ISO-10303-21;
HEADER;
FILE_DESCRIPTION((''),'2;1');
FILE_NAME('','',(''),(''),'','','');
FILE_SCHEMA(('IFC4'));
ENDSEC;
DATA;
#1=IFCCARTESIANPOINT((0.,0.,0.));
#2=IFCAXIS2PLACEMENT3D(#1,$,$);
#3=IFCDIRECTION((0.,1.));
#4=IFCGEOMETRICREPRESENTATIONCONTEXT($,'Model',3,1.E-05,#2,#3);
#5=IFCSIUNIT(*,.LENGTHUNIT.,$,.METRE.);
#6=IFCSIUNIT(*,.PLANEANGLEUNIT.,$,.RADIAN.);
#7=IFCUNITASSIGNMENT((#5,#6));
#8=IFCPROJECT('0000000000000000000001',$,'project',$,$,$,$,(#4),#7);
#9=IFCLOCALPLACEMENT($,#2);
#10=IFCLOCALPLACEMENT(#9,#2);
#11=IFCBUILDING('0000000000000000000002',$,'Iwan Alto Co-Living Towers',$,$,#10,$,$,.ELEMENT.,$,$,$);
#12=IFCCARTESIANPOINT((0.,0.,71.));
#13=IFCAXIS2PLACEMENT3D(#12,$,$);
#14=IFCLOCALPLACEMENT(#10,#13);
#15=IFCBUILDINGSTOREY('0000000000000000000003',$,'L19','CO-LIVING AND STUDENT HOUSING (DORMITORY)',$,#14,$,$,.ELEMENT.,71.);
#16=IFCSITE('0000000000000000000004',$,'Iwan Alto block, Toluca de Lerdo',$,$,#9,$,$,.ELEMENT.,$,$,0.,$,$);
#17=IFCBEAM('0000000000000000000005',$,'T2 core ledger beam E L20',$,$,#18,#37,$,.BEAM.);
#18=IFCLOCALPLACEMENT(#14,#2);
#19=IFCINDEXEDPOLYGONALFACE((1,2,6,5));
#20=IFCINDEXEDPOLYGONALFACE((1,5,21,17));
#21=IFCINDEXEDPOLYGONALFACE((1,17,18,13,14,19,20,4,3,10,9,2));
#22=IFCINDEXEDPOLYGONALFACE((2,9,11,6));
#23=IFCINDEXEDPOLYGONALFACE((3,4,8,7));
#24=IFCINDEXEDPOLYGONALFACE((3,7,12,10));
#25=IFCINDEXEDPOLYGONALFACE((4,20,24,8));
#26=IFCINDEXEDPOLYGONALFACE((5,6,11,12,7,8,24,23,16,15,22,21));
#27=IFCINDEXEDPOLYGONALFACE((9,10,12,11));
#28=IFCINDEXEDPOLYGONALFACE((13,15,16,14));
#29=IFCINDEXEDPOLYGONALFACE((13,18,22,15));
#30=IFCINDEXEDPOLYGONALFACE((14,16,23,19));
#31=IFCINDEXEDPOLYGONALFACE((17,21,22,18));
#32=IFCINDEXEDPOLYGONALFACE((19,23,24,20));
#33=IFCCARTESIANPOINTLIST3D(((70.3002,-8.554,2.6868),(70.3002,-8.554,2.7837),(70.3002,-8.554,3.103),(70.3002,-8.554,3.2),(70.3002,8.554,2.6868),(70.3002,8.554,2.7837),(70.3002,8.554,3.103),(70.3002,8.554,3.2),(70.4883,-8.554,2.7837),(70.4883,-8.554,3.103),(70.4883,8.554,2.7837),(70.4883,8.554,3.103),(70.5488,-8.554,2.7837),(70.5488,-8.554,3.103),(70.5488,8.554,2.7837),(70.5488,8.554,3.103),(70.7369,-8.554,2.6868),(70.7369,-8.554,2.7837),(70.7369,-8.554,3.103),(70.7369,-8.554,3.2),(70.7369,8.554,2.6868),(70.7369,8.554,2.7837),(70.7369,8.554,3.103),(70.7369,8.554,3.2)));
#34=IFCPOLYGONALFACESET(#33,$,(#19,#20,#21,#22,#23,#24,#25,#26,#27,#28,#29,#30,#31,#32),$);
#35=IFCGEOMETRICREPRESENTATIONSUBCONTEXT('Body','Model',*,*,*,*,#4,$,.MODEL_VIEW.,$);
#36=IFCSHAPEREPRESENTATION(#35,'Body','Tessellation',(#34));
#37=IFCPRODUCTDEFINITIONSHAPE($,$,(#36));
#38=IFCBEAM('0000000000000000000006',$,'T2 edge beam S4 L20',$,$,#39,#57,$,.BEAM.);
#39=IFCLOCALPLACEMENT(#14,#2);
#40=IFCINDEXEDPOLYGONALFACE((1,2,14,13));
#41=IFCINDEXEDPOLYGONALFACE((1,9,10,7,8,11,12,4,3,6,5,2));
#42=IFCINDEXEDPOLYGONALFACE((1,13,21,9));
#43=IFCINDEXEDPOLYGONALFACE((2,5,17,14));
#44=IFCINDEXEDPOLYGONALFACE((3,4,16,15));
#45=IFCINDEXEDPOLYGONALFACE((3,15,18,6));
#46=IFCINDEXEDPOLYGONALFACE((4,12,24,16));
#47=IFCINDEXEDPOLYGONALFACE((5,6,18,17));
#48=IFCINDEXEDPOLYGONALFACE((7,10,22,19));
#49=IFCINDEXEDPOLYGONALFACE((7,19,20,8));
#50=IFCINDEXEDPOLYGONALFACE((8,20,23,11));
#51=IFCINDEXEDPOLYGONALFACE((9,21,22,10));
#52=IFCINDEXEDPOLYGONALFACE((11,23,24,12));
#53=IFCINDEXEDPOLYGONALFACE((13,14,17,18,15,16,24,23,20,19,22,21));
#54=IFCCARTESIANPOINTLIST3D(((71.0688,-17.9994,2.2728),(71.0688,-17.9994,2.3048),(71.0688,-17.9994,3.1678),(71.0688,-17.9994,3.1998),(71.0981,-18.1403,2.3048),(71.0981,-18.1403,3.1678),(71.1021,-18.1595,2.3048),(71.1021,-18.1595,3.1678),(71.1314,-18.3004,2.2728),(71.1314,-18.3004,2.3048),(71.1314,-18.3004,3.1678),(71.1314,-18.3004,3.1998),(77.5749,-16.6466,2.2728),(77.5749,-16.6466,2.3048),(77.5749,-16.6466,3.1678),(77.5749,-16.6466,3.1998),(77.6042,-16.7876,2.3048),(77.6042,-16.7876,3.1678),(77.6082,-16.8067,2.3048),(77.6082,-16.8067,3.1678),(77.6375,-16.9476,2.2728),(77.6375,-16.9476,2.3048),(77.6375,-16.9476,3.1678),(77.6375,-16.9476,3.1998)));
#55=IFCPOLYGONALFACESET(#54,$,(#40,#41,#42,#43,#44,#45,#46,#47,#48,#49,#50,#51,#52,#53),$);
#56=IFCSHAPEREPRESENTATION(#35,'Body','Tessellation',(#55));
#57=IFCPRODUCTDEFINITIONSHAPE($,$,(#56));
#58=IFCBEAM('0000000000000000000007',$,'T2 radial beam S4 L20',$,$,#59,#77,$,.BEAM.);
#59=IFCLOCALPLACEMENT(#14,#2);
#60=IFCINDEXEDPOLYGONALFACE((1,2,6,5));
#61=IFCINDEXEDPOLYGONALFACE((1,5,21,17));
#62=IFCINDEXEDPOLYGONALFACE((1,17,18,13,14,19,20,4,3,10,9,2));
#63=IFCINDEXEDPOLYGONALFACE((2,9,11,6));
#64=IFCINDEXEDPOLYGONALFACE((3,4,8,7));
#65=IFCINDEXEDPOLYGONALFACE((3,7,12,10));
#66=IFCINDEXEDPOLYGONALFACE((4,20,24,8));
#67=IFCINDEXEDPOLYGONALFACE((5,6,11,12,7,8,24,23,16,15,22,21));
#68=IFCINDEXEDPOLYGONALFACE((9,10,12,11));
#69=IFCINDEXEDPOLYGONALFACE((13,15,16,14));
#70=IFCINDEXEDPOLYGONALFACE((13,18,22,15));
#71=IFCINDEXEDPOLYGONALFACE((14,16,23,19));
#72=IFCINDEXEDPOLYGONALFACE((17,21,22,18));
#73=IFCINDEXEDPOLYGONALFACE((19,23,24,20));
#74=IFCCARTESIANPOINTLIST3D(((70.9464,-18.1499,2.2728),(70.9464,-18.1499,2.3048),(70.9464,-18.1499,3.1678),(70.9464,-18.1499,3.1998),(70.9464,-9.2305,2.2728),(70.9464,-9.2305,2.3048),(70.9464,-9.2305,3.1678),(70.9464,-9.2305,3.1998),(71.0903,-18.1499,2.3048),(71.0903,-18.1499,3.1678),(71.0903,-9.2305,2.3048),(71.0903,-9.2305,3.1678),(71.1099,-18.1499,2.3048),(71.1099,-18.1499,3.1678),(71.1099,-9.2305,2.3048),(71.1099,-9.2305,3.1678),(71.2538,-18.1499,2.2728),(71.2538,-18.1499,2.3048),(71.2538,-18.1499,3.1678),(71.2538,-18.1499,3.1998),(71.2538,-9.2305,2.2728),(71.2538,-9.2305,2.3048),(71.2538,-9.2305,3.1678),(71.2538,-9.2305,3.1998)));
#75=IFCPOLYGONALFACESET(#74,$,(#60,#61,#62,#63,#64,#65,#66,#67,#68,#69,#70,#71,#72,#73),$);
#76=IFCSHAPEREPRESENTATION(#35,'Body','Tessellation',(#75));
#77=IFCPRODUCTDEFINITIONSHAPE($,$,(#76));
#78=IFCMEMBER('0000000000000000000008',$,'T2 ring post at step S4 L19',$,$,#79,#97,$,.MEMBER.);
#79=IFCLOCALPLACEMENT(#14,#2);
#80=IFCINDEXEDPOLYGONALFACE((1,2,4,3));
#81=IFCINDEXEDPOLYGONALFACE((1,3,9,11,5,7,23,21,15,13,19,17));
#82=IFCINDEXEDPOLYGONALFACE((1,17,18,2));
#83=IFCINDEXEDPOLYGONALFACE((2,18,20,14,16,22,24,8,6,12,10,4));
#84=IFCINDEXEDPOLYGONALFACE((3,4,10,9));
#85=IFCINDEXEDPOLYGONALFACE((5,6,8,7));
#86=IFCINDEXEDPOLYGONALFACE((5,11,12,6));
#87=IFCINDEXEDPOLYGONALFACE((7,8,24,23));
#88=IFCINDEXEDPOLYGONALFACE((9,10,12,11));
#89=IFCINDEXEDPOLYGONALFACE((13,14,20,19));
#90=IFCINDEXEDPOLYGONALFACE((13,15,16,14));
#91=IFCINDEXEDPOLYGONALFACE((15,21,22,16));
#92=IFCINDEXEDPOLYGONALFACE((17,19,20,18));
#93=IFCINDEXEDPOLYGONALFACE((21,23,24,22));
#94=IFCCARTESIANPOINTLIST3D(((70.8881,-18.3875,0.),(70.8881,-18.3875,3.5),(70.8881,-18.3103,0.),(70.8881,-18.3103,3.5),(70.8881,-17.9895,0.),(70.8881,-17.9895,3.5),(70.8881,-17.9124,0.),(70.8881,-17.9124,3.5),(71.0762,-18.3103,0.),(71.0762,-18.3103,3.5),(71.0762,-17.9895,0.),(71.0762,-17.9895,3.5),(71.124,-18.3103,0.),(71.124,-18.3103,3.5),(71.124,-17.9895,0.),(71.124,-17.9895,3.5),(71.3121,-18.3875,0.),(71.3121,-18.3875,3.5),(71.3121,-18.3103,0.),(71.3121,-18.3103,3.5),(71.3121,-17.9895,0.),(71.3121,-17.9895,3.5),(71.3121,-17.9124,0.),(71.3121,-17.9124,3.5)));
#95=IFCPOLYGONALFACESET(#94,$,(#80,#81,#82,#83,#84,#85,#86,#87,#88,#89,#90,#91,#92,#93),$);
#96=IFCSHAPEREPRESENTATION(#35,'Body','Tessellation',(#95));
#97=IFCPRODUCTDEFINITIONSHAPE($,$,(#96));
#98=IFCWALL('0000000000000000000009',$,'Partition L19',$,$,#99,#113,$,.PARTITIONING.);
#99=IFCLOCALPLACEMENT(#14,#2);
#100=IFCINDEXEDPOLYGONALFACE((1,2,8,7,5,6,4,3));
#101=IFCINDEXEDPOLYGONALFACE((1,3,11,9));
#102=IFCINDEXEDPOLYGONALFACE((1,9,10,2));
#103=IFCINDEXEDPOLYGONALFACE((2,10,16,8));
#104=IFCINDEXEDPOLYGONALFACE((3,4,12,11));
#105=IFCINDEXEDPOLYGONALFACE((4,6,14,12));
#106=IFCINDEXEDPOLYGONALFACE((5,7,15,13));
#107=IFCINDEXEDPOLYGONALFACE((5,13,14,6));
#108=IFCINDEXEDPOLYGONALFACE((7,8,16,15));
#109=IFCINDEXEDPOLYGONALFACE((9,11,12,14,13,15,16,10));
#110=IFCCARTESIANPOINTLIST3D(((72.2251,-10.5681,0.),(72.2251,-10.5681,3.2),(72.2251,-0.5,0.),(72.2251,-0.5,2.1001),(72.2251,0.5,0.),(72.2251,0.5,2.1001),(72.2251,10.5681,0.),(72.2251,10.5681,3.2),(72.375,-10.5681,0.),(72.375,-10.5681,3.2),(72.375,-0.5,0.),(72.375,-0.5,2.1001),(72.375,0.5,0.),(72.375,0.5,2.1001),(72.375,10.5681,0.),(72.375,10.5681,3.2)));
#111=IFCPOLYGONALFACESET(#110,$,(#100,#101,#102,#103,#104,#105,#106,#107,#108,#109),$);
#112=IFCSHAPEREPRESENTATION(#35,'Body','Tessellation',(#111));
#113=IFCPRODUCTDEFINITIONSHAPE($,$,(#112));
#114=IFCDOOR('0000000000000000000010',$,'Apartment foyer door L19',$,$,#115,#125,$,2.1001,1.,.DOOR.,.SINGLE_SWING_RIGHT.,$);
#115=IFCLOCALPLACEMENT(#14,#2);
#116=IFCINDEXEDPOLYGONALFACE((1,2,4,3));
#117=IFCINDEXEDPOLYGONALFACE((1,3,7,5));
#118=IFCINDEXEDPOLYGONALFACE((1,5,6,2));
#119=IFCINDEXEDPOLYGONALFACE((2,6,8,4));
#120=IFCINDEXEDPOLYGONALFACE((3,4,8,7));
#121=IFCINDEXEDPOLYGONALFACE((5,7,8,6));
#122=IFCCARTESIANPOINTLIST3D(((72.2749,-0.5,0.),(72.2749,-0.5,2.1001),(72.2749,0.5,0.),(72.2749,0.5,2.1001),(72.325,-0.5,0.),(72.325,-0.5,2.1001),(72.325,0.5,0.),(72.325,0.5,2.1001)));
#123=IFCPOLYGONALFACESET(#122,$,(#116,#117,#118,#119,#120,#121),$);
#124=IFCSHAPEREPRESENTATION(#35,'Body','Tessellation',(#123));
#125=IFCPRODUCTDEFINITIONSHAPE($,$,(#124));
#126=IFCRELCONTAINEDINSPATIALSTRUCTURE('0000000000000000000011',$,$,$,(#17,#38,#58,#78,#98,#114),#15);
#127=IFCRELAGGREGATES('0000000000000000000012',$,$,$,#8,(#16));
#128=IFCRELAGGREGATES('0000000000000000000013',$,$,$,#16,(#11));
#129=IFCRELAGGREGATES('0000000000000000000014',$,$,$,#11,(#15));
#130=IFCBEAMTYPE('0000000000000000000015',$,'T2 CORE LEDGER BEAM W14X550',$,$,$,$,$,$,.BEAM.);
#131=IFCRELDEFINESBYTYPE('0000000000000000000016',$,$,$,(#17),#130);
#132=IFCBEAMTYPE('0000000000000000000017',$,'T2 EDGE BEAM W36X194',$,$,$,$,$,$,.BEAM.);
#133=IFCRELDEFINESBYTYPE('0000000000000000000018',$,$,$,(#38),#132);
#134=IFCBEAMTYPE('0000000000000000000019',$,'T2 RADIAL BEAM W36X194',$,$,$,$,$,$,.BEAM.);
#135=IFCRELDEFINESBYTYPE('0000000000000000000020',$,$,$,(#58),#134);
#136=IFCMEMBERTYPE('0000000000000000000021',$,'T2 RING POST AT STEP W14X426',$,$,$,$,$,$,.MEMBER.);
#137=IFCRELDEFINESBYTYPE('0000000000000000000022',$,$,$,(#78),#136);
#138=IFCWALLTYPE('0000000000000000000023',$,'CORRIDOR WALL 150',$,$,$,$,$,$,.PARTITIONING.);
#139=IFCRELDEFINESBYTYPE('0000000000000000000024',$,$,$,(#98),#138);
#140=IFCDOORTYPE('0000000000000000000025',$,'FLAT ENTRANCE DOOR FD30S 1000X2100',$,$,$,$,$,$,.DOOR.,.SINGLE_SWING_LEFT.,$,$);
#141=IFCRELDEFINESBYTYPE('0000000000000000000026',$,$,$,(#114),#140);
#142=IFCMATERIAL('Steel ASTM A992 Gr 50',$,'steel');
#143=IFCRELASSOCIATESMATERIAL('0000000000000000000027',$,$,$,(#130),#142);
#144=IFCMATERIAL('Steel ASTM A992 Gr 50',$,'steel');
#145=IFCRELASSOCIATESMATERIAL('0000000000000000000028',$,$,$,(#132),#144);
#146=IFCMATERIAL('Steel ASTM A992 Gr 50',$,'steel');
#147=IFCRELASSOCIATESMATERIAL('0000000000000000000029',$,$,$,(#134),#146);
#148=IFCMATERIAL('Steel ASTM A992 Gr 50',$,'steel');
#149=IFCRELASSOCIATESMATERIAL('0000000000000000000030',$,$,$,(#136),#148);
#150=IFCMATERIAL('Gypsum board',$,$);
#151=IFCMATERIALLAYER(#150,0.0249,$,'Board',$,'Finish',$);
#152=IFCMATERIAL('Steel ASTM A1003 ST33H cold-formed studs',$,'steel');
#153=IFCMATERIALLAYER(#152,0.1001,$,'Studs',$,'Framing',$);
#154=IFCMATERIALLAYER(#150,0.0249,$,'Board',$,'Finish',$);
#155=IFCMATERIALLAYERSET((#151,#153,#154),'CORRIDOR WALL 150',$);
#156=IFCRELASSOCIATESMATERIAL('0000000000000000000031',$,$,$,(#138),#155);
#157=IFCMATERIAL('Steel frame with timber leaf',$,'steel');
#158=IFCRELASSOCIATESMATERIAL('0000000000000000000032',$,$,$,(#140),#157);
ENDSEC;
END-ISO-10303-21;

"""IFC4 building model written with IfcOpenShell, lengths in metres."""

from ifc_helpers import new_model, si_unit, direction, frame, frame_2d, origin, origin_2d, place, context, subcontext, project, spatial, rectangle, i_section, extrude, material, layer, layer_set, material_profile, profile_set, type_object, element, fill, save


model = new_model("IFC4")

# Units and contexts
model_context = context("Model", 3, precision=1e-05, world=origin(), true_north=direction((0.0, 1.0)))
body_context = subcontext(model_context, "Body", "Model", "MODEL_VIEW")
ifc_project = project(units=[si_unit("LENGTHUNIT", "METRE"), si_unit("PLANEANGLEUNIT", "RADIAN")], contexts=[model_context])

# Site, building, storey
site_placement = place(None, origin())
site = spatial("IfcSite", under=ifc_project, at=site_placement, Name="Iwan Alto block, Toluca de Lerdo", CompositionType="ELEMENT", RefElevation=0.0)
building_placement = place(site_placement, origin())
building = spatial("IfcBuilding", under=site, at=building_placement, Name="Iwan Alto Co-Living Towers", CompositionType="ELEMENT")
storey_placement = place(building_placement, frame((0.0, 0.0, 71.0)))
storey = spatial("IfcBuildingStorey", under=building, at=storey_placement, Name="L19", Description="CO-LIVING AND STUDENT HOUSING (DORMITORY)", CompositionType="ELEMENT", Elevation=71.0)

# Beams
ifc_material_1 = material(Name="Steel ASTM A992 Gr 50", Category="steel")
ifc_material_profile_1 = material_profile(ifc_material_1, i_section(OverallWidth=0.4368, OverallDepth=0.5132, WebThickness=0.0605, FlangeThickness=0.0969, at=origin_2d()), Name="W14X550")
ifc_profile_set_1 = profile_set([ifc_material_profile_1], Name="Steel ASTM A992 Gr 50")
beam_type_1 = type_object("IfcBeamType", Name="T2 CORE LEDGER BEAM W14X550", PredefinedType="BEAM", material=ifc_profile_set_1)
beam_1_placement = place(storey_placement, frame((70.5186, -8.554, 2.9434), z_axis=(0.0, 1.0, 0.0), x_axis=(-1.0, 0.0, 0.0)))
element("IfcBeam", 1, at=beam_1_placement, inside=storey, type_object=beam_type_1, Name="T2 core ledger beam E L20", PredefinedType="BEAM", context=body_context, shape_type="SweptSolid", body=[
    extrude(i_section(OverallWidth=0.4368, OverallDepth=0.5132, WebThickness=0.0605, FlangeThickness=0.0969, at=origin_2d()), origin(), (0.0, 0.0, 1.0), 17.1079),
])
ifc_material_2 = material(Name="Steel ASTM A992 Gr 50", Category="steel")
ifc_material_profile_2 = material_profile(ifc_material_2, i_section(OverallWidth=0.3074, OverallDepth=0.927, WebThickness=0.0195, FlangeThickness=0.032, at=origin_2d()), Name="W36X194")
ifc_profile_set_2 = profile_set([ifc_material_profile_2], Name="Steel ASTM A992 Gr 50")
beam_type_2 = type_object("IfcBeamType", Name="T2 EDGE BEAM W36X194", PredefinedType="BEAM", material=ifc_profile_set_2)
beam_2_placement = place(storey_placement, frame((71.1001, -18.1499, 2.7363), z_axis=(0.97906, 0.203571, 0.0), x_axis=(-0.203571, 0.97906, 0.0)))
element("IfcBeam", 2, at=beam_2_placement, inside=storey, type_object=beam_type_2, Name="T2 edge beam S4 L20", PredefinedType="BEAM", context=body_context, shape_type="SweptSolid", body=[
    extrude(i_section(OverallWidth=0.3074, OverallDepth=0.927, WebThickness=0.0195, FlangeThickness=0.032, at=origin_2d()), origin(), (0.0, 0.0, 1.0), 6.6453),
])
ifc_material_3 = material(Name="Steel ASTM A992 Gr 50", Category="steel")
ifc_material_profile_3 = material_profile(ifc_material_3, i_section(OverallWidth=0.3074, OverallDepth=0.927, WebThickness=0.0195, FlangeThickness=0.032, at=origin_2d()), Name="W36X194")
ifc_profile_set_3 = profile_set([ifc_material_profile_3], Name="Steel ASTM A992 Gr 50")
beam_type_3 = type_object("IfcBeamType", Name="T2 RADIAL BEAM W36X194", PredefinedType="BEAM", material=ifc_profile_set_3)
beam_3_placement = place(storey_placement, frame((71.1001, -18.1499, 2.7363), z_axis=(0.0, 1.0, 0.0), x_axis=(-1.0, 0.0, 0.0)))
element("IfcBeam", 3, at=beam_3_placement, inside=storey, type_object=beam_type_3, Name="T2 radial beam S4 L20", PredefinedType="BEAM", context=body_context, shape_type="SweptSolid", body=[
    extrude(i_section(OverallWidth=0.3074, OverallDepth=0.927, WebThickness=0.0195, FlangeThickness=0.032, at=origin_2d()), origin(), (0.0, 0.0, 1.0), 8.9194),
])

# Member
ifc_material_4 = material(Name="Steel ASTM A992 Gr 50", Category="steel")
ifc_material_profile_4 = material_profile(ifc_material_4, i_section(OverallWidth=0.4241, OverallDepth=0.4751, WebThickness=0.0479, FlangeThickness=0.0771, at=origin_2d()), Name="W14X426")
ifc_profile_set_4 = profile_set([ifc_material_profile_4], Name="Steel ASTM A992 Gr 50")
member_type = type_object("IfcMemberType", Name="T2 RING POST AT STEP W14X426", PredefinedType="MEMBER", material=ifc_profile_set_4)
member_placement = place(storey_placement, frame((71.1001, -18.1499, 0.0), z_axis=(0.0, 0.0, 1.0), x_axis=(1.0, 0.0, 0.0)))
element("IfcMember", 4, at=member_placement, inside=storey, type_object=member_type, Name="T2 ring post at step S4 L19", PredefinedType="MEMBER", context=body_context, shape_type="SweptSolid", body=[
    extrude(i_section(OverallWidth=0.4241, OverallDepth=0.4751, WebThickness=0.0479, FlangeThickness=0.0771, at=origin_2d()), origin(), (0.0, 0.0, 1.0), 3.5),
])

# Wall, opening, door
ifc_material_5 = material(Name="Gypsum board")
ifc_layer_1 = layer(ifc_material_5, 0.0249, Name="Board", Category="Finish")
ifc_material_6 = material(Name="Steel ASTM A1003 ST33H cold-formed studs", Category="steel")
ifc_layer_2 = layer(ifc_material_6, 0.1001, Name="Studs", Category="Framing")
ifc_layer_3 = layer(ifc_material_5, 0.0249, Name="Board", Category="Finish")
ifc_layer_set_1 = layer_set([ifc_layer_1, ifc_layer_2, ifc_layer_3], Name="CORRIDOR WALL 150")
wall_type_1 = type_object("IfcWallType", Name="CORRIDOR WALL 150", PredefinedType="PARTITIONING", material=ifc_layer_set_1)
wall_1_placement = place(storey_placement, frame((72.3, -10.5681, 0.0), z_axis=(0.0, 0.0, 1.0), x_axis=(0.0, 1.0, 0.0)))
wall_1 = element("IfcWall", 5, at=wall_1_placement, inside=storey, type_object=wall_type_1, Name="Partition L19", PredefinedType="PARTITIONING", context=body_context, shape_type="SweptSolid", body=[
    extrude(rectangle(XDim=21.1362, YDim=0.1499, at=frame_2d((10.5681, 0.0))), origin(), (0.0, 0.0, 1.0), 3.2),
])
opening_1_placement = place(wall_1_placement, frame((10.0681, 0.0, 0.0)))
opening_1 = element("IfcOpeningElement", 6, at=opening_1_placement, cuts=wall_1, PredefinedType="OPENING", context=body_context, shape_type="SweptSolid", body=[
    extrude(rectangle(XDim=1.0, YDim=2.1001, at=frame_2d((0.5, 1.05))), frame((0.0, 0.085, 0.0), z_axis=(0.0, -1.0, 0.0), x_axis=(1.0, 0.0, 0.0)), (0.0, 0.0, 1.0), 0.1699),
])
ifc_material_7 = material(Name="Steel frame with timber leaf", Category="steel")
door_type_1 = type_object("IfcDoorType", Name="FLAT ENTRANCE DOOR FD30S 1000X2100", OperationType="SINGLE_SWING_LEFT", PredefinedType="DOOR", material=ifc_material_7)
door_1_placement = place(opening_1_placement, frame((1.0, 0.0, 0.0), z_axis=(0.0, 0.0, 1.0), x_axis=(-1.0, 0.0, 0.0)))
door_1 = element("IfcDoor", 7, at=door_1_placement, inside=storey, type_object=door_type_1, Name="Apartment foyer door L19", OperationType="SINGLE_SWING_RIGHT", OverallHeight=2.1001, OverallWidth=1.0, PredefinedType="DOOR", context=body_context, shape_type="SweptSolid", body=[
    extrude(rectangle(XDim=1.0, YDim=2.1001, at=frame_2d((0.5, 1.05))), frame((0.0, 0.0249, 0.0), z_axis=(0.0, -1.0, 0.0), x_axis=(1.0, 0.0, 0.0)), (0.0, 0.0, 1.0), 0.05),
])
fill(opening_1, door_1)

save(model, "model.ifc")
